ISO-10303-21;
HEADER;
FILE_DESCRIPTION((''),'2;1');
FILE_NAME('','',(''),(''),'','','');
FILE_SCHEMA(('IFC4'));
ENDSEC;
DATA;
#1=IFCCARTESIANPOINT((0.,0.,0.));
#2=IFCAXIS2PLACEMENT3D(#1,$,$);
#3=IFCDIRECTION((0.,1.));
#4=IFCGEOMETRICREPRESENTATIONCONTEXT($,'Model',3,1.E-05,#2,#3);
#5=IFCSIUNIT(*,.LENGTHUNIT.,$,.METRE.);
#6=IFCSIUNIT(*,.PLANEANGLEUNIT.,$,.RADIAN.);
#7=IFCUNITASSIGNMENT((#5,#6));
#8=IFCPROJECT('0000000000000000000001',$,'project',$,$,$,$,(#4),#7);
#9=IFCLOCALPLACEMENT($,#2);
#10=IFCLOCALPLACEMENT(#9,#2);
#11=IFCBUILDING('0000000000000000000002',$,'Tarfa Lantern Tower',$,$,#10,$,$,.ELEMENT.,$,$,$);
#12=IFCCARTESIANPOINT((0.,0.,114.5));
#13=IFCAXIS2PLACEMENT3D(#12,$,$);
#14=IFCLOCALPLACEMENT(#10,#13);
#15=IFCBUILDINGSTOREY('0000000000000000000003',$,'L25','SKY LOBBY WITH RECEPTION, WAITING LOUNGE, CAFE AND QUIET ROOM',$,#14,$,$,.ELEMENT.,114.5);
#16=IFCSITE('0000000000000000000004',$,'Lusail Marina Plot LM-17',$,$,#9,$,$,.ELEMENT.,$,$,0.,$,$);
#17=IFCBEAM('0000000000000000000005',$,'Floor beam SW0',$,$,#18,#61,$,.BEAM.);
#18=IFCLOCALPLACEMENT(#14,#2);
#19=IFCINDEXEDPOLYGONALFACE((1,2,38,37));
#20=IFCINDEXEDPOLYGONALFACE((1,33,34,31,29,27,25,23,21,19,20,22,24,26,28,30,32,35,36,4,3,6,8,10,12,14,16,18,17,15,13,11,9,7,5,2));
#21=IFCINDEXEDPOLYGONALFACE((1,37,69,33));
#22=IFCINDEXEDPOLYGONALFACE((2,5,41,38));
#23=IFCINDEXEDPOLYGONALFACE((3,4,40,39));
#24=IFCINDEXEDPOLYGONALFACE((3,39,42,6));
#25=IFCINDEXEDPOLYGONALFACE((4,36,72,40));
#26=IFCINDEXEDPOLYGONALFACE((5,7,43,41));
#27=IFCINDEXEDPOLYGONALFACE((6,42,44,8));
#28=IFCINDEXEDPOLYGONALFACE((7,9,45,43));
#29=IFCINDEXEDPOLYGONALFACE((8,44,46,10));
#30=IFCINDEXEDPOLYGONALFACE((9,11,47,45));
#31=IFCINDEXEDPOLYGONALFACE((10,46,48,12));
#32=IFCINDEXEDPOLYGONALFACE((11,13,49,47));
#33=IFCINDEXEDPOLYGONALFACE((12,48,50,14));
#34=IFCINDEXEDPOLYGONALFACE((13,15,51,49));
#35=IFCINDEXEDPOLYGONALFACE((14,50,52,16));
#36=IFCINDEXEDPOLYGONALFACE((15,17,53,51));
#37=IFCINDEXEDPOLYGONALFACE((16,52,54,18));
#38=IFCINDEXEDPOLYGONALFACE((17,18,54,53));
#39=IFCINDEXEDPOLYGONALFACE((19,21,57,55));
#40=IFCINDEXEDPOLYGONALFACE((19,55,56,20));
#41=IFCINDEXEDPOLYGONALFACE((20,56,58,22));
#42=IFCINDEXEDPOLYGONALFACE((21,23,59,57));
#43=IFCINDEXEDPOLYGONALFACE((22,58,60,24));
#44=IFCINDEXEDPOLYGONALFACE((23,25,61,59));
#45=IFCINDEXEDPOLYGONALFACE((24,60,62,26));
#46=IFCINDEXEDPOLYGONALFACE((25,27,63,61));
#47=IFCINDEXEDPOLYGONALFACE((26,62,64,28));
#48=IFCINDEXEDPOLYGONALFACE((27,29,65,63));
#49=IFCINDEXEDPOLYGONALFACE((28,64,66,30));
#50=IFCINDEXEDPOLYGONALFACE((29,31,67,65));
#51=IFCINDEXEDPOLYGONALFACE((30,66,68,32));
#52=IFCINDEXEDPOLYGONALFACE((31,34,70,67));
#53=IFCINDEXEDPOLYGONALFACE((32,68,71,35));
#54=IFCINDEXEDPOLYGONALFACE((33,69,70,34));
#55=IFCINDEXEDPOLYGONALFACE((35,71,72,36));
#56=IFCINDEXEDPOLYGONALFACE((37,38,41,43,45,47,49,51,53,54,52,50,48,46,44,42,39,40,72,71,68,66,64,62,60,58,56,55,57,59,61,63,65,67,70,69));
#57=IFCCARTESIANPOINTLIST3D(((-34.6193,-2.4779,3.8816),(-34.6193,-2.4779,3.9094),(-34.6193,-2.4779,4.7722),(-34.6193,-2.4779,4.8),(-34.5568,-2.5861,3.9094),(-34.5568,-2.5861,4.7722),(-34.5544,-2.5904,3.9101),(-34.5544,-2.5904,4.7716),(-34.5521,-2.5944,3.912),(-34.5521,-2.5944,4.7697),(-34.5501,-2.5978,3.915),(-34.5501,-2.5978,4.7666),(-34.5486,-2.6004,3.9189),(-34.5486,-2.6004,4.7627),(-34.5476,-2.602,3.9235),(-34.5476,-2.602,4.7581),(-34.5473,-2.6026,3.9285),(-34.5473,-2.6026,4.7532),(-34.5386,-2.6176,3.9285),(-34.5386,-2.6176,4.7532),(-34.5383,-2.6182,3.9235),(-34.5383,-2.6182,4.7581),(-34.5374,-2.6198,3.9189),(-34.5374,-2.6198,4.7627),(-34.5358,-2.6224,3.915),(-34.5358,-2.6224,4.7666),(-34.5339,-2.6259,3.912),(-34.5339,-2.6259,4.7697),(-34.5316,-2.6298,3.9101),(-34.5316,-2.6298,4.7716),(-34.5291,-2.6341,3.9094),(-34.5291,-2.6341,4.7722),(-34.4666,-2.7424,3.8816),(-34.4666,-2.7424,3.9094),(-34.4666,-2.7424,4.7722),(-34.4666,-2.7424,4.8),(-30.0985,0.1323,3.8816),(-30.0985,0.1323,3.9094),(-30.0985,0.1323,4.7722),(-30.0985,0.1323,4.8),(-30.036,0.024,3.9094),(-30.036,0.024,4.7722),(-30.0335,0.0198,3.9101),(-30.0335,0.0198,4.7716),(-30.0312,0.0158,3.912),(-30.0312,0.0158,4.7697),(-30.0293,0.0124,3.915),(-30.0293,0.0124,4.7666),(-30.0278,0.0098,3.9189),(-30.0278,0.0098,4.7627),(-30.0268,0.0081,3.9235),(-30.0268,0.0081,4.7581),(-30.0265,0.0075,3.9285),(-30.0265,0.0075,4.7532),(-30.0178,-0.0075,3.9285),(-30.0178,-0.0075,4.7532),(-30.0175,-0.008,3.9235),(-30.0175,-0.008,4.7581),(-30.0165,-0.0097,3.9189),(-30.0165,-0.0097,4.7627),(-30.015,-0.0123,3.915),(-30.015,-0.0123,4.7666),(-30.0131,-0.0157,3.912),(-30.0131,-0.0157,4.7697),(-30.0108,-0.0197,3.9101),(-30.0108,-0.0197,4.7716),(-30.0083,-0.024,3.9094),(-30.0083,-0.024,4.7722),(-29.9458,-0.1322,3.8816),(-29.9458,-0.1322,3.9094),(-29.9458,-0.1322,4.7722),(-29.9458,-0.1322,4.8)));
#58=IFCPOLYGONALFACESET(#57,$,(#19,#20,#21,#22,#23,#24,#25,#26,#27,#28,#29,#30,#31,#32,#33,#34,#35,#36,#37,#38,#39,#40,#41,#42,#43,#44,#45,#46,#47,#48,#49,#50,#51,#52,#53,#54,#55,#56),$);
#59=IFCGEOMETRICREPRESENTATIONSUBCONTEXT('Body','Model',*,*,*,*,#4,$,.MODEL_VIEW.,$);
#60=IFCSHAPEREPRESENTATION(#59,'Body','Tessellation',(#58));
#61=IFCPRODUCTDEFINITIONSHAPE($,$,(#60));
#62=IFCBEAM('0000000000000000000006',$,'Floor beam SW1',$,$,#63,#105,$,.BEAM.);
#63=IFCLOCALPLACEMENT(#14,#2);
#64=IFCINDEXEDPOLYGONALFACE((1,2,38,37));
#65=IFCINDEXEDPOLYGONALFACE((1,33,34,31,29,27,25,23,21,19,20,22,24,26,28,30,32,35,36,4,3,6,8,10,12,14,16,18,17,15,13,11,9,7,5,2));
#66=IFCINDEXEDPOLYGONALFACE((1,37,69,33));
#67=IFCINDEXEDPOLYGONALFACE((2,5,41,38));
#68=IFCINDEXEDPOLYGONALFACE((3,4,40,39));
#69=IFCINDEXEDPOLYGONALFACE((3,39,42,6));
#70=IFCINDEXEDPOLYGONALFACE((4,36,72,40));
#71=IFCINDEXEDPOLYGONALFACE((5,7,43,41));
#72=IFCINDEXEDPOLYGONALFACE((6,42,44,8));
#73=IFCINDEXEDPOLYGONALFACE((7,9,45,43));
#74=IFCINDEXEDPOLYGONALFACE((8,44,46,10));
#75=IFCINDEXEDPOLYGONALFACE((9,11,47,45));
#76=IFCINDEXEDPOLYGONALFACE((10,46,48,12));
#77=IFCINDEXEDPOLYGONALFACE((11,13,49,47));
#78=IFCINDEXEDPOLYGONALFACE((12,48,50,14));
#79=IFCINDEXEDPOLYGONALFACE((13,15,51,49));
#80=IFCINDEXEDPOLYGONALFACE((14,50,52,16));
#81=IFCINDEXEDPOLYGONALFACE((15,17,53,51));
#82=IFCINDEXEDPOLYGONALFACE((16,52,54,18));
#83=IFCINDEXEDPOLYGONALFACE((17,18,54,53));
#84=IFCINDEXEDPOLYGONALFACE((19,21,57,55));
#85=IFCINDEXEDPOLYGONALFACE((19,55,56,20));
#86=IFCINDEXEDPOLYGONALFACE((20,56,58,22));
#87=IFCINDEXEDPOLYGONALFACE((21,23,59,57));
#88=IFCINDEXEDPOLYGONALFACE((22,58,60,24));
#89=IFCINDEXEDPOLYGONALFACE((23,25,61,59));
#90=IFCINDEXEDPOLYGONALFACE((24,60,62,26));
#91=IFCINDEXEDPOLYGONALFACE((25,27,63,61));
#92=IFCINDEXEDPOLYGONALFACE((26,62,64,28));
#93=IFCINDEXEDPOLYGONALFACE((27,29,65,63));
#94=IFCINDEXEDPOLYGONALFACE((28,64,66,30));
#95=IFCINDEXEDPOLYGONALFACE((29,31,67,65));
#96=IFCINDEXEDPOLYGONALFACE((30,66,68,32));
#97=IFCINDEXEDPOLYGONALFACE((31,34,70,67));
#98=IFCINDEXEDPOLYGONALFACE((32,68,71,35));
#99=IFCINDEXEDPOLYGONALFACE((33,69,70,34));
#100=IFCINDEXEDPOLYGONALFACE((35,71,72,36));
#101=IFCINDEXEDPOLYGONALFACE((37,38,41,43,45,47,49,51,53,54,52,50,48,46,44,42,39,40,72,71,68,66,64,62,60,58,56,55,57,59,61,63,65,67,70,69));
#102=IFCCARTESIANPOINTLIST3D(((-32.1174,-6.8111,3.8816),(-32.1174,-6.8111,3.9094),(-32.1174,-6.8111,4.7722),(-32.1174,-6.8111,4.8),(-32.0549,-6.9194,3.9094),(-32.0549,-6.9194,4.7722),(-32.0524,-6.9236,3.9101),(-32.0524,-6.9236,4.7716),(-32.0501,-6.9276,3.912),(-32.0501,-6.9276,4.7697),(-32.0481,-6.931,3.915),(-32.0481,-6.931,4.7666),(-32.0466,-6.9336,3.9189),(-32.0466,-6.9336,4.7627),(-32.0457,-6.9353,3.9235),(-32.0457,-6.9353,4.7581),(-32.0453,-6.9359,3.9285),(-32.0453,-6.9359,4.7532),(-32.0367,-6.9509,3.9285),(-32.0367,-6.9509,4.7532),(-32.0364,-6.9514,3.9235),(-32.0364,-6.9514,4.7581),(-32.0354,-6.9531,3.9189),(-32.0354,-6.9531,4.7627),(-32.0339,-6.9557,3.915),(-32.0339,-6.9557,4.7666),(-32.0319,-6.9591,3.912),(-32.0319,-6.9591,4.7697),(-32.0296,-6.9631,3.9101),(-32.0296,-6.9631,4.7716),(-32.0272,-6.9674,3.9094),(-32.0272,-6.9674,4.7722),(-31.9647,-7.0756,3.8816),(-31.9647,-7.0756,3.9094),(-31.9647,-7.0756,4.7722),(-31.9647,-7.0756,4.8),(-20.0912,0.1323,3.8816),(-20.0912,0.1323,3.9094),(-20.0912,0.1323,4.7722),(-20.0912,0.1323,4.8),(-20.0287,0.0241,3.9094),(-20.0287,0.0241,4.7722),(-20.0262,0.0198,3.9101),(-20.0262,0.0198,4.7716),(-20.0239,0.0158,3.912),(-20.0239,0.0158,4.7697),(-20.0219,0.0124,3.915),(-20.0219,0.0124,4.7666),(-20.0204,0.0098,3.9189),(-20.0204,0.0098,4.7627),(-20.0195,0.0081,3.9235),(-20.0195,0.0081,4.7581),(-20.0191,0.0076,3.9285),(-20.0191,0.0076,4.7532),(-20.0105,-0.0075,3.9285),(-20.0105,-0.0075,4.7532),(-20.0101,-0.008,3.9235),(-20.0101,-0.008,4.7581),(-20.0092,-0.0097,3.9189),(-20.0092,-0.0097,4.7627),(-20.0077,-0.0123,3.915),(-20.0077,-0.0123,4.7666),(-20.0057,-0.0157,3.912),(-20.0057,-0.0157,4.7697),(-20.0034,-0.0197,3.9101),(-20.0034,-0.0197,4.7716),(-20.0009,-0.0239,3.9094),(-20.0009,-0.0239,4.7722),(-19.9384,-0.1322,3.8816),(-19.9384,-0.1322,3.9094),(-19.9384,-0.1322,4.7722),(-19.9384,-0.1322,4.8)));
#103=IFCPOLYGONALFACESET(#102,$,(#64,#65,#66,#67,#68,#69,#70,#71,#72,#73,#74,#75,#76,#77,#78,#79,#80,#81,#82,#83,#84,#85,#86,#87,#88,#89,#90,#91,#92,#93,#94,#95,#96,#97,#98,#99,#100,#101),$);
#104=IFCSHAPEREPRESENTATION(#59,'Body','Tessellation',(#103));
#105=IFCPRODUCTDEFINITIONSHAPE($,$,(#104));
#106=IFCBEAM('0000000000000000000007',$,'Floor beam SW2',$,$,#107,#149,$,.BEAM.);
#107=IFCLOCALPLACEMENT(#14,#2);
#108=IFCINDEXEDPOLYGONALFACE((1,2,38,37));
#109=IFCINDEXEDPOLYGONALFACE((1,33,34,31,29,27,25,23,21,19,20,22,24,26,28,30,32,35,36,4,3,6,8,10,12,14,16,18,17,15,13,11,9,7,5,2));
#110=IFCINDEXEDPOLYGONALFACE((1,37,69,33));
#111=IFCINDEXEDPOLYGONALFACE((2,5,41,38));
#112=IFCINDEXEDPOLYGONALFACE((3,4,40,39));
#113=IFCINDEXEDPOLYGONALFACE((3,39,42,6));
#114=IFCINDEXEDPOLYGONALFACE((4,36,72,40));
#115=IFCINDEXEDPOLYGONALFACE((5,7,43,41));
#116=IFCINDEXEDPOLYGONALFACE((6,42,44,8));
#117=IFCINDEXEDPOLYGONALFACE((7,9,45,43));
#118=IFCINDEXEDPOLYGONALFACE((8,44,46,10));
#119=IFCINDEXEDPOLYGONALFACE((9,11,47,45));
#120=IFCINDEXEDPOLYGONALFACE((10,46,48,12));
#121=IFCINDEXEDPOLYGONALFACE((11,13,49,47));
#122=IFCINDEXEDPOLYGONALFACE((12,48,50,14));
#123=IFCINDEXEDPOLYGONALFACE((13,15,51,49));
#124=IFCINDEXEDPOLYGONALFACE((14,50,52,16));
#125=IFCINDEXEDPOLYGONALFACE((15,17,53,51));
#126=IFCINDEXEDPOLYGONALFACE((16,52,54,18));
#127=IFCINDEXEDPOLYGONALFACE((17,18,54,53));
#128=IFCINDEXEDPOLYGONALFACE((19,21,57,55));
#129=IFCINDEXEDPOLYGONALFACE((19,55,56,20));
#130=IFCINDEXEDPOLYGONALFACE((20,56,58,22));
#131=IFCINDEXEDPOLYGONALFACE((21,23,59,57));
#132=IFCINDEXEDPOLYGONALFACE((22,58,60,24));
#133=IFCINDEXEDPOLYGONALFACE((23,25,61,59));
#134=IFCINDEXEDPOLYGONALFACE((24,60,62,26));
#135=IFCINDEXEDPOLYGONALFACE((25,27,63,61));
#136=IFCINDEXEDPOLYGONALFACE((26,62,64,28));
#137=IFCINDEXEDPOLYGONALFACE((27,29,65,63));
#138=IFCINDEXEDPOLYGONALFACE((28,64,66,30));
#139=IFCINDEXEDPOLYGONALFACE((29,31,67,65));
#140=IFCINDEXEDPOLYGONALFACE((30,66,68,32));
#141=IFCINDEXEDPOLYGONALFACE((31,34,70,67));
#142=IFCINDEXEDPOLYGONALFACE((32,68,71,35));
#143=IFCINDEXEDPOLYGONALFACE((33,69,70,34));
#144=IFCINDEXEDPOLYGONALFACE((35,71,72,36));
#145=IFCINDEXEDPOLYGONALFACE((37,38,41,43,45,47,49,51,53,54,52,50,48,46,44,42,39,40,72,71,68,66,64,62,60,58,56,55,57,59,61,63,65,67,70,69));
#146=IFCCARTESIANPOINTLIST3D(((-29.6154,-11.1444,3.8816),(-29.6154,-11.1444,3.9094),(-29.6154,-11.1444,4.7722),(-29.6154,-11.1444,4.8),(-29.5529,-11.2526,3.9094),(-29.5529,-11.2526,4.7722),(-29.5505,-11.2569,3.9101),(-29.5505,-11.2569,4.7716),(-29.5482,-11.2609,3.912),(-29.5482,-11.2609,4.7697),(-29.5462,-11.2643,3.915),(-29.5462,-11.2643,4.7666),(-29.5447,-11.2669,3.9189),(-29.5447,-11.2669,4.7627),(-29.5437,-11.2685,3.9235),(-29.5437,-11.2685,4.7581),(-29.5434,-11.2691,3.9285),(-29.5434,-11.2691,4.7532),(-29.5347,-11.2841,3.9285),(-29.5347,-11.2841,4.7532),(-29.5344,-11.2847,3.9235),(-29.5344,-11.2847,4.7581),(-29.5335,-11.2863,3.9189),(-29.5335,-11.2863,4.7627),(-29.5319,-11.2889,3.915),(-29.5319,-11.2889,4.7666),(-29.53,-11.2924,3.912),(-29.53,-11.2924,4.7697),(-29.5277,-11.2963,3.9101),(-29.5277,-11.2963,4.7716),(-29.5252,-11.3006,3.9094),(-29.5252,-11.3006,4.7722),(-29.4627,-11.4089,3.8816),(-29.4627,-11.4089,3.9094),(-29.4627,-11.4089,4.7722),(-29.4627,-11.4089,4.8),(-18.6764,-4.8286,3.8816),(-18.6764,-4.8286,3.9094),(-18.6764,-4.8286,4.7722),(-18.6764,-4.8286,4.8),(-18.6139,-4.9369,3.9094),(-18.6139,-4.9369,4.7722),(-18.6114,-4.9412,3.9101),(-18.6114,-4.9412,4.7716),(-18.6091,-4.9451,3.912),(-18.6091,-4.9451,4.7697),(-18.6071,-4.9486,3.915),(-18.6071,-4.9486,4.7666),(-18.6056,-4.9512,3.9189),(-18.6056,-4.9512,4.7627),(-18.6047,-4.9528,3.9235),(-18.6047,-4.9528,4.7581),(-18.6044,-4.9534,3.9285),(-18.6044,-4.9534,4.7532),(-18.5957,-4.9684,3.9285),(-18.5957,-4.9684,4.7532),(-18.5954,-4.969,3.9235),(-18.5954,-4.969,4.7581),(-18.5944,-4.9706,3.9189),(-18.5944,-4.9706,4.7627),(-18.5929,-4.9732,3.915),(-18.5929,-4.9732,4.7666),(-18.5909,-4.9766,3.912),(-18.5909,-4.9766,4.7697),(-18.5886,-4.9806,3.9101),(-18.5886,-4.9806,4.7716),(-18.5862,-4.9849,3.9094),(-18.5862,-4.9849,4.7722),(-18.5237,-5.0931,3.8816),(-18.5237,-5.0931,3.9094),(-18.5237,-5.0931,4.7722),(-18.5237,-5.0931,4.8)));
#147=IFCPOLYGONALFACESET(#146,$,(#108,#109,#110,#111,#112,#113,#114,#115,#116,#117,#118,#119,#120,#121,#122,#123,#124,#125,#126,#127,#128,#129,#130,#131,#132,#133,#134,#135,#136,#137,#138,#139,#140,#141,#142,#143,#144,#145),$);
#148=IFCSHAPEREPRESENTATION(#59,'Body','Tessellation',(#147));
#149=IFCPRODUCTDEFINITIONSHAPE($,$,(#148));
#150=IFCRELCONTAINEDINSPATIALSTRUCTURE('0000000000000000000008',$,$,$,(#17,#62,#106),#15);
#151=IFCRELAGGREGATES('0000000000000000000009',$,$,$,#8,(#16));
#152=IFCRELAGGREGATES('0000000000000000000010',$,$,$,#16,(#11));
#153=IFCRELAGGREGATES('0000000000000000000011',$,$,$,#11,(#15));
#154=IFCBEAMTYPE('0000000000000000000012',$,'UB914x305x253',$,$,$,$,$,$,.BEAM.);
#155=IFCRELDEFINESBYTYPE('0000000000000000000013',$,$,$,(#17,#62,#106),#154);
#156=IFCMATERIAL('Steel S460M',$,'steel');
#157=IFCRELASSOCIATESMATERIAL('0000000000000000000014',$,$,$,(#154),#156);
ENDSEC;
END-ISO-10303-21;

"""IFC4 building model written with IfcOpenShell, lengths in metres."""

from ifc_helpers import new_model, si_unit, direction, frame, origin, origin_2d, place, context, subcontext, project, spatial, i_section, extrude, material, material_profile, profile_set, type_object, element, save


model = new_model("IFC4")

# Units and contexts
model_context = context("Model", 3, precision=1e-05, world=origin(), true_north=direction((0.0, 1.0)))
body_context = subcontext(model_context, "Body", "Model", "MODEL_VIEW")
ifc_project = project(units=[si_unit("LENGTHUNIT", "METRE"), si_unit("PLANEANGLEUNIT", "RADIAN")], contexts=[model_context])

# Site, building, storey
site_placement = place(None, origin())
site = spatial("IfcSite", under=ifc_project, at=site_placement, Name="Lusail Marina Plot LM-17", CompositionType="ELEMENT", RefElevation=0.0)
building_placement = place(site_placement, origin())
building = spatial("IfcBuilding", under=site, at=building_placement, Name="Tarfa Lantern Tower", CompositionType="ELEMENT")
storey_placement = place(building_placement, frame((0.0, 0.0, 114.5)))
storey = spatial("IfcBuildingStorey", under=building, at=storey_placement, Name="L25", Description="SKY LOBBY WITH RECEPTION, WAITING LOUNGE, CAFE AND QUIET ROOM", CompositionType="ELEMENT", Elevation=114.5)

# Beams
ifc_material_1 = material(Name="Steel S460M", Category="steel")
ifc_material_profile_1 = material_profile(ifc_material_1, i_section(OverallWidth=0.3054, OverallDepth=0.9185, WebThickness=0.0173, FlangeThickness=0.0278, FilletRadius=0.019, at=origin_2d()), Name="UB914x305x253")
ifc_profile_set_1 = profile_set([ifc_material_profile_1], Name="Steel S460M")
beam_type_1 = type_object("IfcBeamType", Name="UB914x305x253", PredefinedType="BEAM", material=ifc_profile_set_1)
beam_1_placement = place(storey_placement, frame((-34.543, -2.6101, 4.3408), z_axis=(0.866021, 0.500007, 0.0), x_axis=(-0.500007, 0.866021, 0.0)))
element("IfcBeam", 1, at=beam_1_placement, inside=storey, type_object=beam_type_1, Name="Floor beam SW0", PredefinedType="BEAM", context=body_context, shape_type="SweptSolid", body=[
    extrude(i_section(OverallWidth=0.3054, OverallDepth=0.9185, WebThickness=0.0173, FlangeThickness=0.0278, FilletRadius=0.019, at=origin_2d()), origin(), (0.0, 0.0, 1.0), 5.2202),
])
beam_2_placement = place(storey_placement, frame((-32.041, -6.9434, 4.3408), z_axis=(0.866023, 0.500004, 0.0), x_axis=(-0.500004, 0.866023, 0.0)))
element("IfcBeam", 2, at=beam_2_placement, inside=storey, type_object=beam_type_1, Name="Floor beam SW1", PredefinedType="BEAM", context=body_context, shape_type="SweptSolid", body=[
    extrude(i_section(OverallWidth=0.3054, OverallDepth=0.9185, WebThickness=0.0173, FlangeThickness=0.0278, FilletRadius=0.019, at=origin_2d()), origin(), (0.0, 0.0, 1.0), 13.8867),
])
beam_3_placement = place(storey_placement, frame((-29.5391, -11.2766, 4.3408), z_axis=(0.866023, 0.500004, 0.0), x_axis=(-0.500004, 0.866023, 0.0)))
element("IfcBeam", 3, at=beam_3_placement, inside=storey, type_object=beam_type_1, Name="Floor beam SW2", PredefinedType="BEAM", context=body_context, shape_type="SweptSolid", body=[
    extrude(i_section(OverallWidth=0.3054, OverallDepth=0.9185, WebThickness=0.0173, FlangeThickness=0.0278, FilletRadius=0.019, at=origin_2d()), origin(), (0.0, 0.0, 1.0), 12.6313),
])

save(model, "model.ifc")
